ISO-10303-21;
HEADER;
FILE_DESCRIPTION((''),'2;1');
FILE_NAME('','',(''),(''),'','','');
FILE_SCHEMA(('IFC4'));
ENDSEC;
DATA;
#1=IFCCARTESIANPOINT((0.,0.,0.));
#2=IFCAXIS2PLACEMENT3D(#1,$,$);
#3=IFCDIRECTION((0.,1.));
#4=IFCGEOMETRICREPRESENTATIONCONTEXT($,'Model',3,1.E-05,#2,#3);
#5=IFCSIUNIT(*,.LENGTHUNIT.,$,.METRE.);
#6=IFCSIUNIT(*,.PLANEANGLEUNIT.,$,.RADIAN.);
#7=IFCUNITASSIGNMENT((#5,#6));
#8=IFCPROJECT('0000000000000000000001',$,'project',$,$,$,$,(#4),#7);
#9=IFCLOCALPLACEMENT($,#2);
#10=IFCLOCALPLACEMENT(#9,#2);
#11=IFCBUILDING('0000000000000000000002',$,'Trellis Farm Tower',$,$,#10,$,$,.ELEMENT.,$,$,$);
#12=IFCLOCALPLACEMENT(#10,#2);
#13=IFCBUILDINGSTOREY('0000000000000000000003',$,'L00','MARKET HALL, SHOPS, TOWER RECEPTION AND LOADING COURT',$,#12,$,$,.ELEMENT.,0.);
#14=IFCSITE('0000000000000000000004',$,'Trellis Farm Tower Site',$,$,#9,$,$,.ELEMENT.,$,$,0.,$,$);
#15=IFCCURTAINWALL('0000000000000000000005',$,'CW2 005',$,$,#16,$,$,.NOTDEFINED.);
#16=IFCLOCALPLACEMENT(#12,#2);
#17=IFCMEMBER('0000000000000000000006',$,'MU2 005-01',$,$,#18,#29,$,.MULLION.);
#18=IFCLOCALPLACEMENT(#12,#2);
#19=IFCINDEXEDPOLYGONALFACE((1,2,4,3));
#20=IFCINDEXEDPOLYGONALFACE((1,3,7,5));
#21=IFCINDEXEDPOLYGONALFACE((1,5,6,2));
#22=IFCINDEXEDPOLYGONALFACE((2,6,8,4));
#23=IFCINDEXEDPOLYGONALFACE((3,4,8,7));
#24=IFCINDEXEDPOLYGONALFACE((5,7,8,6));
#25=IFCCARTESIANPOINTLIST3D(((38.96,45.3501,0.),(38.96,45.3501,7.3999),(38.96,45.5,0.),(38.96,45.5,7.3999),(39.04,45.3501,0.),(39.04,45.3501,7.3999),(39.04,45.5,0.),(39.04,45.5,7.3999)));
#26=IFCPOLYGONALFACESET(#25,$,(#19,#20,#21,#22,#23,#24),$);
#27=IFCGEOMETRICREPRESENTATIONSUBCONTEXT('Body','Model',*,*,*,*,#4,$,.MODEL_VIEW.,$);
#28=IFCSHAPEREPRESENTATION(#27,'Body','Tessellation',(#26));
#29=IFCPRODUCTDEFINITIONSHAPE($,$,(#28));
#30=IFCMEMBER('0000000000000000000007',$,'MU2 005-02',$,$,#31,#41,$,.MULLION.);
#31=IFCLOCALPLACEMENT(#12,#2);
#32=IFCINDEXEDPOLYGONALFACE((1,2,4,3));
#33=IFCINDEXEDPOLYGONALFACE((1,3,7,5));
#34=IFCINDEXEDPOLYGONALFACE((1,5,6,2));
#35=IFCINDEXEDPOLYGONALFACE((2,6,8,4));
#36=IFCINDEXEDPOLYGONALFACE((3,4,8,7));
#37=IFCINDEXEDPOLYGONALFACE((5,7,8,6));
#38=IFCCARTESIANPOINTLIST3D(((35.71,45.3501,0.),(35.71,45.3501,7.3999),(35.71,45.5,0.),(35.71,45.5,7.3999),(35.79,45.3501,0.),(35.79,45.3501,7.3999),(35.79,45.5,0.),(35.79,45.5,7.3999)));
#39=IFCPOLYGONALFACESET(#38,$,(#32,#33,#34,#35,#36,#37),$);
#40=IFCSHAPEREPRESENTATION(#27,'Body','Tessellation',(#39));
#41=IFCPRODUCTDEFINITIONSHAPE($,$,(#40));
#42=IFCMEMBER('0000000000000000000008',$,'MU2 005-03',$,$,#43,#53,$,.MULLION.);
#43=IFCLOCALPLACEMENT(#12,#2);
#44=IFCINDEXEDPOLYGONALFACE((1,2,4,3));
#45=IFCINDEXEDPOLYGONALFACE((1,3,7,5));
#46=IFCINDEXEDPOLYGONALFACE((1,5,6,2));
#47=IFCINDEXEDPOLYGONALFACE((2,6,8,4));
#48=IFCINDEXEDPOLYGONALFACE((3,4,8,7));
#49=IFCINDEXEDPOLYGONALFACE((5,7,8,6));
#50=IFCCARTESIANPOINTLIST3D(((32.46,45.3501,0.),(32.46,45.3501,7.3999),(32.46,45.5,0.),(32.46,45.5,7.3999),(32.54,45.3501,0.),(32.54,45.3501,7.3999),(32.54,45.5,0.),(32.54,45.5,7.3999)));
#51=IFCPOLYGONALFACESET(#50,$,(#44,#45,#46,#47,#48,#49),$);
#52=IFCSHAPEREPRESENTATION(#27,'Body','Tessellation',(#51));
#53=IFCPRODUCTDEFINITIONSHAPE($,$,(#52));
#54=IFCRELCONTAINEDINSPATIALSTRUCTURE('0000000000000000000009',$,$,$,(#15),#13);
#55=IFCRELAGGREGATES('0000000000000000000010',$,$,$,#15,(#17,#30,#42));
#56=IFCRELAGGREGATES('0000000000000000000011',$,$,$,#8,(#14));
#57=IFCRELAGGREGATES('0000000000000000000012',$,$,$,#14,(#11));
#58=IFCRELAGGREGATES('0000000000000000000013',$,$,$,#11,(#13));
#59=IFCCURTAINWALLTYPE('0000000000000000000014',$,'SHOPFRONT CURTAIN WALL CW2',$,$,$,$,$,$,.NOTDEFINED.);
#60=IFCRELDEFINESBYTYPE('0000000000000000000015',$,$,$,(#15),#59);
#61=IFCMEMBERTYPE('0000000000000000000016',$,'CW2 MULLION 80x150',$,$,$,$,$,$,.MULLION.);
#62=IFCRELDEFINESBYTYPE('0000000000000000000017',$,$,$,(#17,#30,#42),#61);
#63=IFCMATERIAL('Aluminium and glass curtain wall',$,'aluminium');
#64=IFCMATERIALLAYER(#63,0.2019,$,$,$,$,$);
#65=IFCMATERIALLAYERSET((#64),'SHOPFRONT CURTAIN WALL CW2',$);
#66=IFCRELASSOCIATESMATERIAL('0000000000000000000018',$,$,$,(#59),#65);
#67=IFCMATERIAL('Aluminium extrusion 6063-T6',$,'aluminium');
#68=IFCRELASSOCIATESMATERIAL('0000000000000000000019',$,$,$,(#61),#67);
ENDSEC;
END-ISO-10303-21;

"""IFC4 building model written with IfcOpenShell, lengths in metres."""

from ifc_helpers import new_model, si_unit, direction, frame, origin, origin_2d, place, context, subcontext, project, spatial, rectangle, extrude, source, transform, mapped, material, layer, layer_set, material_profile, profile_set, type_object, element, aggregate, save


model = new_model("IFC4")

# Units and contexts
model_context = context("Model", 3, precision=1e-05, world=origin(), true_north=direction((0.0, 1.0)))
body_context = subcontext(model_context, "Body", "Model", "MODEL_VIEW")
ifc_project = project(units=[si_unit("LENGTHUNIT", "METRE"), si_unit("PLANEANGLEUNIT", "RADIAN")], contexts=[model_context])

# Site, building, storey
site_placement = place(None, origin())
site = spatial("IfcSite", under=ifc_project, at=site_placement, Name="Trellis Farm Tower Site", CompositionType="ELEMENT", RefElevation=0.0)
building_placement = place(site_placement, origin())
building = spatial("IfcBuilding", under=site, at=building_placement, Name="Trellis Farm Tower", CompositionType="ELEMENT")
storey_placement = place(building_placement, origin())
storey = spatial("IfcBuildingStorey", under=building, at=storey_placement, Name="L00", Description="MARKET HALL, SHOPS, TOWER RECEPTION AND LOADING COURT", CompositionType="ELEMENT", Elevation=0.0)

# Shared definitions
ifc_material_1 = material(Name="Aluminium and glass curtain wall", Category="aluminium")
ifc_layer = layer(ifc_material_1, 0.2019)
ifc_layer_set = layer_set([ifc_layer], Name="SHOPFRONT CURTAIN WALL CW2")
curtain_wall_type = type_object("IfcCurtainWallType", Name="SHOPFRONT CURTAIN WALL CW2", PredefinedType="NOTDEFINED", material=ifc_layer_set)
placement = place(storey_placement, origin())
ifc_material_2 = material(Name="Aluminium extrusion 6063-T6", Category="aluminium")
ifc_material_profile_1 = material_profile(ifc_material_2, rectangle(XDim=0.0801, YDim=0.1499, at=origin_2d()), Name="MULLION 80x150")
ifc_profile_set_1 = profile_set([ifc_material_profile_1], Name="Aluminium extrusion 6063-T6")
member_type = type_object("IfcMemberType", Name="CW2 MULLION 80x150", PredefinedType="MULLION", material=ifc_profile_set_1)
shared_shape_1 = source(origin(), body_context, "Body", "SweptSolid", [
    extrude(rectangle(XDim=0.0801, YDim=0.1499, at=origin_2d()), origin(), (0.0, 0.0, 1.0), 7.3999),
])

# Curtain wall, members
curtain_wall_1 = element("IfcCurtainWall", 1, at=placement, inside=storey, type_object=curtain_wall_type, Name="CW2 005", PredefinedType="NOTDEFINED")
member_1_placement = place(storey_placement, frame((39.0, 45.425, 0.0), z_axis=(0.0, 0.0, 1.0), x_axis=(-1.0, 0.0, 0.0)))
member_1 = element("IfcMember", 2, at=member_1_placement, type_object=member_type, Name="MU2 005-01", PredefinedType="MULLION", context=body_context, shape_type="MappedRepresentation", body=[
    mapped(shared_shape_1, transform((0.0, 0.0, 0.0))),
])
member_2_placement = place(storey_placement, frame((35.75, 45.425, 0.0), z_axis=(0.0, 0.0, 1.0), x_axis=(-1.0, 0.0, 0.0)))
member_2 = element("IfcMember", 3, at=member_2_placement, type_object=member_type, Name="MU2 005-02", PredefinedType="MULLION", context=body_context, shape_type="MappedRepresentation", body=[
    mapped(shared_shape_1, transform((0.0, 0.0, 0.0))),
])
member_3_placement = place(storey_placement, frame((32.5, 45.425, 0.0), z_axis=(0.0, 0.0, 1.0), x_axis=(-1.0, 0.0, 0.0)))
member_3 = element("IfcMember", 4, at=member_3_placement, type_object=member_type, Name="MU2 005-03", PredefinedType="MULLION", context=body_context, shape_type="MappedRepresentation", body=[
    mapped(shared_shape_1, transform((0.0, 0.0, 0.0))),
])
aggregate(curtain_wall_1, [member_1, member_2, member_3])

save(model, "model.ifc")
